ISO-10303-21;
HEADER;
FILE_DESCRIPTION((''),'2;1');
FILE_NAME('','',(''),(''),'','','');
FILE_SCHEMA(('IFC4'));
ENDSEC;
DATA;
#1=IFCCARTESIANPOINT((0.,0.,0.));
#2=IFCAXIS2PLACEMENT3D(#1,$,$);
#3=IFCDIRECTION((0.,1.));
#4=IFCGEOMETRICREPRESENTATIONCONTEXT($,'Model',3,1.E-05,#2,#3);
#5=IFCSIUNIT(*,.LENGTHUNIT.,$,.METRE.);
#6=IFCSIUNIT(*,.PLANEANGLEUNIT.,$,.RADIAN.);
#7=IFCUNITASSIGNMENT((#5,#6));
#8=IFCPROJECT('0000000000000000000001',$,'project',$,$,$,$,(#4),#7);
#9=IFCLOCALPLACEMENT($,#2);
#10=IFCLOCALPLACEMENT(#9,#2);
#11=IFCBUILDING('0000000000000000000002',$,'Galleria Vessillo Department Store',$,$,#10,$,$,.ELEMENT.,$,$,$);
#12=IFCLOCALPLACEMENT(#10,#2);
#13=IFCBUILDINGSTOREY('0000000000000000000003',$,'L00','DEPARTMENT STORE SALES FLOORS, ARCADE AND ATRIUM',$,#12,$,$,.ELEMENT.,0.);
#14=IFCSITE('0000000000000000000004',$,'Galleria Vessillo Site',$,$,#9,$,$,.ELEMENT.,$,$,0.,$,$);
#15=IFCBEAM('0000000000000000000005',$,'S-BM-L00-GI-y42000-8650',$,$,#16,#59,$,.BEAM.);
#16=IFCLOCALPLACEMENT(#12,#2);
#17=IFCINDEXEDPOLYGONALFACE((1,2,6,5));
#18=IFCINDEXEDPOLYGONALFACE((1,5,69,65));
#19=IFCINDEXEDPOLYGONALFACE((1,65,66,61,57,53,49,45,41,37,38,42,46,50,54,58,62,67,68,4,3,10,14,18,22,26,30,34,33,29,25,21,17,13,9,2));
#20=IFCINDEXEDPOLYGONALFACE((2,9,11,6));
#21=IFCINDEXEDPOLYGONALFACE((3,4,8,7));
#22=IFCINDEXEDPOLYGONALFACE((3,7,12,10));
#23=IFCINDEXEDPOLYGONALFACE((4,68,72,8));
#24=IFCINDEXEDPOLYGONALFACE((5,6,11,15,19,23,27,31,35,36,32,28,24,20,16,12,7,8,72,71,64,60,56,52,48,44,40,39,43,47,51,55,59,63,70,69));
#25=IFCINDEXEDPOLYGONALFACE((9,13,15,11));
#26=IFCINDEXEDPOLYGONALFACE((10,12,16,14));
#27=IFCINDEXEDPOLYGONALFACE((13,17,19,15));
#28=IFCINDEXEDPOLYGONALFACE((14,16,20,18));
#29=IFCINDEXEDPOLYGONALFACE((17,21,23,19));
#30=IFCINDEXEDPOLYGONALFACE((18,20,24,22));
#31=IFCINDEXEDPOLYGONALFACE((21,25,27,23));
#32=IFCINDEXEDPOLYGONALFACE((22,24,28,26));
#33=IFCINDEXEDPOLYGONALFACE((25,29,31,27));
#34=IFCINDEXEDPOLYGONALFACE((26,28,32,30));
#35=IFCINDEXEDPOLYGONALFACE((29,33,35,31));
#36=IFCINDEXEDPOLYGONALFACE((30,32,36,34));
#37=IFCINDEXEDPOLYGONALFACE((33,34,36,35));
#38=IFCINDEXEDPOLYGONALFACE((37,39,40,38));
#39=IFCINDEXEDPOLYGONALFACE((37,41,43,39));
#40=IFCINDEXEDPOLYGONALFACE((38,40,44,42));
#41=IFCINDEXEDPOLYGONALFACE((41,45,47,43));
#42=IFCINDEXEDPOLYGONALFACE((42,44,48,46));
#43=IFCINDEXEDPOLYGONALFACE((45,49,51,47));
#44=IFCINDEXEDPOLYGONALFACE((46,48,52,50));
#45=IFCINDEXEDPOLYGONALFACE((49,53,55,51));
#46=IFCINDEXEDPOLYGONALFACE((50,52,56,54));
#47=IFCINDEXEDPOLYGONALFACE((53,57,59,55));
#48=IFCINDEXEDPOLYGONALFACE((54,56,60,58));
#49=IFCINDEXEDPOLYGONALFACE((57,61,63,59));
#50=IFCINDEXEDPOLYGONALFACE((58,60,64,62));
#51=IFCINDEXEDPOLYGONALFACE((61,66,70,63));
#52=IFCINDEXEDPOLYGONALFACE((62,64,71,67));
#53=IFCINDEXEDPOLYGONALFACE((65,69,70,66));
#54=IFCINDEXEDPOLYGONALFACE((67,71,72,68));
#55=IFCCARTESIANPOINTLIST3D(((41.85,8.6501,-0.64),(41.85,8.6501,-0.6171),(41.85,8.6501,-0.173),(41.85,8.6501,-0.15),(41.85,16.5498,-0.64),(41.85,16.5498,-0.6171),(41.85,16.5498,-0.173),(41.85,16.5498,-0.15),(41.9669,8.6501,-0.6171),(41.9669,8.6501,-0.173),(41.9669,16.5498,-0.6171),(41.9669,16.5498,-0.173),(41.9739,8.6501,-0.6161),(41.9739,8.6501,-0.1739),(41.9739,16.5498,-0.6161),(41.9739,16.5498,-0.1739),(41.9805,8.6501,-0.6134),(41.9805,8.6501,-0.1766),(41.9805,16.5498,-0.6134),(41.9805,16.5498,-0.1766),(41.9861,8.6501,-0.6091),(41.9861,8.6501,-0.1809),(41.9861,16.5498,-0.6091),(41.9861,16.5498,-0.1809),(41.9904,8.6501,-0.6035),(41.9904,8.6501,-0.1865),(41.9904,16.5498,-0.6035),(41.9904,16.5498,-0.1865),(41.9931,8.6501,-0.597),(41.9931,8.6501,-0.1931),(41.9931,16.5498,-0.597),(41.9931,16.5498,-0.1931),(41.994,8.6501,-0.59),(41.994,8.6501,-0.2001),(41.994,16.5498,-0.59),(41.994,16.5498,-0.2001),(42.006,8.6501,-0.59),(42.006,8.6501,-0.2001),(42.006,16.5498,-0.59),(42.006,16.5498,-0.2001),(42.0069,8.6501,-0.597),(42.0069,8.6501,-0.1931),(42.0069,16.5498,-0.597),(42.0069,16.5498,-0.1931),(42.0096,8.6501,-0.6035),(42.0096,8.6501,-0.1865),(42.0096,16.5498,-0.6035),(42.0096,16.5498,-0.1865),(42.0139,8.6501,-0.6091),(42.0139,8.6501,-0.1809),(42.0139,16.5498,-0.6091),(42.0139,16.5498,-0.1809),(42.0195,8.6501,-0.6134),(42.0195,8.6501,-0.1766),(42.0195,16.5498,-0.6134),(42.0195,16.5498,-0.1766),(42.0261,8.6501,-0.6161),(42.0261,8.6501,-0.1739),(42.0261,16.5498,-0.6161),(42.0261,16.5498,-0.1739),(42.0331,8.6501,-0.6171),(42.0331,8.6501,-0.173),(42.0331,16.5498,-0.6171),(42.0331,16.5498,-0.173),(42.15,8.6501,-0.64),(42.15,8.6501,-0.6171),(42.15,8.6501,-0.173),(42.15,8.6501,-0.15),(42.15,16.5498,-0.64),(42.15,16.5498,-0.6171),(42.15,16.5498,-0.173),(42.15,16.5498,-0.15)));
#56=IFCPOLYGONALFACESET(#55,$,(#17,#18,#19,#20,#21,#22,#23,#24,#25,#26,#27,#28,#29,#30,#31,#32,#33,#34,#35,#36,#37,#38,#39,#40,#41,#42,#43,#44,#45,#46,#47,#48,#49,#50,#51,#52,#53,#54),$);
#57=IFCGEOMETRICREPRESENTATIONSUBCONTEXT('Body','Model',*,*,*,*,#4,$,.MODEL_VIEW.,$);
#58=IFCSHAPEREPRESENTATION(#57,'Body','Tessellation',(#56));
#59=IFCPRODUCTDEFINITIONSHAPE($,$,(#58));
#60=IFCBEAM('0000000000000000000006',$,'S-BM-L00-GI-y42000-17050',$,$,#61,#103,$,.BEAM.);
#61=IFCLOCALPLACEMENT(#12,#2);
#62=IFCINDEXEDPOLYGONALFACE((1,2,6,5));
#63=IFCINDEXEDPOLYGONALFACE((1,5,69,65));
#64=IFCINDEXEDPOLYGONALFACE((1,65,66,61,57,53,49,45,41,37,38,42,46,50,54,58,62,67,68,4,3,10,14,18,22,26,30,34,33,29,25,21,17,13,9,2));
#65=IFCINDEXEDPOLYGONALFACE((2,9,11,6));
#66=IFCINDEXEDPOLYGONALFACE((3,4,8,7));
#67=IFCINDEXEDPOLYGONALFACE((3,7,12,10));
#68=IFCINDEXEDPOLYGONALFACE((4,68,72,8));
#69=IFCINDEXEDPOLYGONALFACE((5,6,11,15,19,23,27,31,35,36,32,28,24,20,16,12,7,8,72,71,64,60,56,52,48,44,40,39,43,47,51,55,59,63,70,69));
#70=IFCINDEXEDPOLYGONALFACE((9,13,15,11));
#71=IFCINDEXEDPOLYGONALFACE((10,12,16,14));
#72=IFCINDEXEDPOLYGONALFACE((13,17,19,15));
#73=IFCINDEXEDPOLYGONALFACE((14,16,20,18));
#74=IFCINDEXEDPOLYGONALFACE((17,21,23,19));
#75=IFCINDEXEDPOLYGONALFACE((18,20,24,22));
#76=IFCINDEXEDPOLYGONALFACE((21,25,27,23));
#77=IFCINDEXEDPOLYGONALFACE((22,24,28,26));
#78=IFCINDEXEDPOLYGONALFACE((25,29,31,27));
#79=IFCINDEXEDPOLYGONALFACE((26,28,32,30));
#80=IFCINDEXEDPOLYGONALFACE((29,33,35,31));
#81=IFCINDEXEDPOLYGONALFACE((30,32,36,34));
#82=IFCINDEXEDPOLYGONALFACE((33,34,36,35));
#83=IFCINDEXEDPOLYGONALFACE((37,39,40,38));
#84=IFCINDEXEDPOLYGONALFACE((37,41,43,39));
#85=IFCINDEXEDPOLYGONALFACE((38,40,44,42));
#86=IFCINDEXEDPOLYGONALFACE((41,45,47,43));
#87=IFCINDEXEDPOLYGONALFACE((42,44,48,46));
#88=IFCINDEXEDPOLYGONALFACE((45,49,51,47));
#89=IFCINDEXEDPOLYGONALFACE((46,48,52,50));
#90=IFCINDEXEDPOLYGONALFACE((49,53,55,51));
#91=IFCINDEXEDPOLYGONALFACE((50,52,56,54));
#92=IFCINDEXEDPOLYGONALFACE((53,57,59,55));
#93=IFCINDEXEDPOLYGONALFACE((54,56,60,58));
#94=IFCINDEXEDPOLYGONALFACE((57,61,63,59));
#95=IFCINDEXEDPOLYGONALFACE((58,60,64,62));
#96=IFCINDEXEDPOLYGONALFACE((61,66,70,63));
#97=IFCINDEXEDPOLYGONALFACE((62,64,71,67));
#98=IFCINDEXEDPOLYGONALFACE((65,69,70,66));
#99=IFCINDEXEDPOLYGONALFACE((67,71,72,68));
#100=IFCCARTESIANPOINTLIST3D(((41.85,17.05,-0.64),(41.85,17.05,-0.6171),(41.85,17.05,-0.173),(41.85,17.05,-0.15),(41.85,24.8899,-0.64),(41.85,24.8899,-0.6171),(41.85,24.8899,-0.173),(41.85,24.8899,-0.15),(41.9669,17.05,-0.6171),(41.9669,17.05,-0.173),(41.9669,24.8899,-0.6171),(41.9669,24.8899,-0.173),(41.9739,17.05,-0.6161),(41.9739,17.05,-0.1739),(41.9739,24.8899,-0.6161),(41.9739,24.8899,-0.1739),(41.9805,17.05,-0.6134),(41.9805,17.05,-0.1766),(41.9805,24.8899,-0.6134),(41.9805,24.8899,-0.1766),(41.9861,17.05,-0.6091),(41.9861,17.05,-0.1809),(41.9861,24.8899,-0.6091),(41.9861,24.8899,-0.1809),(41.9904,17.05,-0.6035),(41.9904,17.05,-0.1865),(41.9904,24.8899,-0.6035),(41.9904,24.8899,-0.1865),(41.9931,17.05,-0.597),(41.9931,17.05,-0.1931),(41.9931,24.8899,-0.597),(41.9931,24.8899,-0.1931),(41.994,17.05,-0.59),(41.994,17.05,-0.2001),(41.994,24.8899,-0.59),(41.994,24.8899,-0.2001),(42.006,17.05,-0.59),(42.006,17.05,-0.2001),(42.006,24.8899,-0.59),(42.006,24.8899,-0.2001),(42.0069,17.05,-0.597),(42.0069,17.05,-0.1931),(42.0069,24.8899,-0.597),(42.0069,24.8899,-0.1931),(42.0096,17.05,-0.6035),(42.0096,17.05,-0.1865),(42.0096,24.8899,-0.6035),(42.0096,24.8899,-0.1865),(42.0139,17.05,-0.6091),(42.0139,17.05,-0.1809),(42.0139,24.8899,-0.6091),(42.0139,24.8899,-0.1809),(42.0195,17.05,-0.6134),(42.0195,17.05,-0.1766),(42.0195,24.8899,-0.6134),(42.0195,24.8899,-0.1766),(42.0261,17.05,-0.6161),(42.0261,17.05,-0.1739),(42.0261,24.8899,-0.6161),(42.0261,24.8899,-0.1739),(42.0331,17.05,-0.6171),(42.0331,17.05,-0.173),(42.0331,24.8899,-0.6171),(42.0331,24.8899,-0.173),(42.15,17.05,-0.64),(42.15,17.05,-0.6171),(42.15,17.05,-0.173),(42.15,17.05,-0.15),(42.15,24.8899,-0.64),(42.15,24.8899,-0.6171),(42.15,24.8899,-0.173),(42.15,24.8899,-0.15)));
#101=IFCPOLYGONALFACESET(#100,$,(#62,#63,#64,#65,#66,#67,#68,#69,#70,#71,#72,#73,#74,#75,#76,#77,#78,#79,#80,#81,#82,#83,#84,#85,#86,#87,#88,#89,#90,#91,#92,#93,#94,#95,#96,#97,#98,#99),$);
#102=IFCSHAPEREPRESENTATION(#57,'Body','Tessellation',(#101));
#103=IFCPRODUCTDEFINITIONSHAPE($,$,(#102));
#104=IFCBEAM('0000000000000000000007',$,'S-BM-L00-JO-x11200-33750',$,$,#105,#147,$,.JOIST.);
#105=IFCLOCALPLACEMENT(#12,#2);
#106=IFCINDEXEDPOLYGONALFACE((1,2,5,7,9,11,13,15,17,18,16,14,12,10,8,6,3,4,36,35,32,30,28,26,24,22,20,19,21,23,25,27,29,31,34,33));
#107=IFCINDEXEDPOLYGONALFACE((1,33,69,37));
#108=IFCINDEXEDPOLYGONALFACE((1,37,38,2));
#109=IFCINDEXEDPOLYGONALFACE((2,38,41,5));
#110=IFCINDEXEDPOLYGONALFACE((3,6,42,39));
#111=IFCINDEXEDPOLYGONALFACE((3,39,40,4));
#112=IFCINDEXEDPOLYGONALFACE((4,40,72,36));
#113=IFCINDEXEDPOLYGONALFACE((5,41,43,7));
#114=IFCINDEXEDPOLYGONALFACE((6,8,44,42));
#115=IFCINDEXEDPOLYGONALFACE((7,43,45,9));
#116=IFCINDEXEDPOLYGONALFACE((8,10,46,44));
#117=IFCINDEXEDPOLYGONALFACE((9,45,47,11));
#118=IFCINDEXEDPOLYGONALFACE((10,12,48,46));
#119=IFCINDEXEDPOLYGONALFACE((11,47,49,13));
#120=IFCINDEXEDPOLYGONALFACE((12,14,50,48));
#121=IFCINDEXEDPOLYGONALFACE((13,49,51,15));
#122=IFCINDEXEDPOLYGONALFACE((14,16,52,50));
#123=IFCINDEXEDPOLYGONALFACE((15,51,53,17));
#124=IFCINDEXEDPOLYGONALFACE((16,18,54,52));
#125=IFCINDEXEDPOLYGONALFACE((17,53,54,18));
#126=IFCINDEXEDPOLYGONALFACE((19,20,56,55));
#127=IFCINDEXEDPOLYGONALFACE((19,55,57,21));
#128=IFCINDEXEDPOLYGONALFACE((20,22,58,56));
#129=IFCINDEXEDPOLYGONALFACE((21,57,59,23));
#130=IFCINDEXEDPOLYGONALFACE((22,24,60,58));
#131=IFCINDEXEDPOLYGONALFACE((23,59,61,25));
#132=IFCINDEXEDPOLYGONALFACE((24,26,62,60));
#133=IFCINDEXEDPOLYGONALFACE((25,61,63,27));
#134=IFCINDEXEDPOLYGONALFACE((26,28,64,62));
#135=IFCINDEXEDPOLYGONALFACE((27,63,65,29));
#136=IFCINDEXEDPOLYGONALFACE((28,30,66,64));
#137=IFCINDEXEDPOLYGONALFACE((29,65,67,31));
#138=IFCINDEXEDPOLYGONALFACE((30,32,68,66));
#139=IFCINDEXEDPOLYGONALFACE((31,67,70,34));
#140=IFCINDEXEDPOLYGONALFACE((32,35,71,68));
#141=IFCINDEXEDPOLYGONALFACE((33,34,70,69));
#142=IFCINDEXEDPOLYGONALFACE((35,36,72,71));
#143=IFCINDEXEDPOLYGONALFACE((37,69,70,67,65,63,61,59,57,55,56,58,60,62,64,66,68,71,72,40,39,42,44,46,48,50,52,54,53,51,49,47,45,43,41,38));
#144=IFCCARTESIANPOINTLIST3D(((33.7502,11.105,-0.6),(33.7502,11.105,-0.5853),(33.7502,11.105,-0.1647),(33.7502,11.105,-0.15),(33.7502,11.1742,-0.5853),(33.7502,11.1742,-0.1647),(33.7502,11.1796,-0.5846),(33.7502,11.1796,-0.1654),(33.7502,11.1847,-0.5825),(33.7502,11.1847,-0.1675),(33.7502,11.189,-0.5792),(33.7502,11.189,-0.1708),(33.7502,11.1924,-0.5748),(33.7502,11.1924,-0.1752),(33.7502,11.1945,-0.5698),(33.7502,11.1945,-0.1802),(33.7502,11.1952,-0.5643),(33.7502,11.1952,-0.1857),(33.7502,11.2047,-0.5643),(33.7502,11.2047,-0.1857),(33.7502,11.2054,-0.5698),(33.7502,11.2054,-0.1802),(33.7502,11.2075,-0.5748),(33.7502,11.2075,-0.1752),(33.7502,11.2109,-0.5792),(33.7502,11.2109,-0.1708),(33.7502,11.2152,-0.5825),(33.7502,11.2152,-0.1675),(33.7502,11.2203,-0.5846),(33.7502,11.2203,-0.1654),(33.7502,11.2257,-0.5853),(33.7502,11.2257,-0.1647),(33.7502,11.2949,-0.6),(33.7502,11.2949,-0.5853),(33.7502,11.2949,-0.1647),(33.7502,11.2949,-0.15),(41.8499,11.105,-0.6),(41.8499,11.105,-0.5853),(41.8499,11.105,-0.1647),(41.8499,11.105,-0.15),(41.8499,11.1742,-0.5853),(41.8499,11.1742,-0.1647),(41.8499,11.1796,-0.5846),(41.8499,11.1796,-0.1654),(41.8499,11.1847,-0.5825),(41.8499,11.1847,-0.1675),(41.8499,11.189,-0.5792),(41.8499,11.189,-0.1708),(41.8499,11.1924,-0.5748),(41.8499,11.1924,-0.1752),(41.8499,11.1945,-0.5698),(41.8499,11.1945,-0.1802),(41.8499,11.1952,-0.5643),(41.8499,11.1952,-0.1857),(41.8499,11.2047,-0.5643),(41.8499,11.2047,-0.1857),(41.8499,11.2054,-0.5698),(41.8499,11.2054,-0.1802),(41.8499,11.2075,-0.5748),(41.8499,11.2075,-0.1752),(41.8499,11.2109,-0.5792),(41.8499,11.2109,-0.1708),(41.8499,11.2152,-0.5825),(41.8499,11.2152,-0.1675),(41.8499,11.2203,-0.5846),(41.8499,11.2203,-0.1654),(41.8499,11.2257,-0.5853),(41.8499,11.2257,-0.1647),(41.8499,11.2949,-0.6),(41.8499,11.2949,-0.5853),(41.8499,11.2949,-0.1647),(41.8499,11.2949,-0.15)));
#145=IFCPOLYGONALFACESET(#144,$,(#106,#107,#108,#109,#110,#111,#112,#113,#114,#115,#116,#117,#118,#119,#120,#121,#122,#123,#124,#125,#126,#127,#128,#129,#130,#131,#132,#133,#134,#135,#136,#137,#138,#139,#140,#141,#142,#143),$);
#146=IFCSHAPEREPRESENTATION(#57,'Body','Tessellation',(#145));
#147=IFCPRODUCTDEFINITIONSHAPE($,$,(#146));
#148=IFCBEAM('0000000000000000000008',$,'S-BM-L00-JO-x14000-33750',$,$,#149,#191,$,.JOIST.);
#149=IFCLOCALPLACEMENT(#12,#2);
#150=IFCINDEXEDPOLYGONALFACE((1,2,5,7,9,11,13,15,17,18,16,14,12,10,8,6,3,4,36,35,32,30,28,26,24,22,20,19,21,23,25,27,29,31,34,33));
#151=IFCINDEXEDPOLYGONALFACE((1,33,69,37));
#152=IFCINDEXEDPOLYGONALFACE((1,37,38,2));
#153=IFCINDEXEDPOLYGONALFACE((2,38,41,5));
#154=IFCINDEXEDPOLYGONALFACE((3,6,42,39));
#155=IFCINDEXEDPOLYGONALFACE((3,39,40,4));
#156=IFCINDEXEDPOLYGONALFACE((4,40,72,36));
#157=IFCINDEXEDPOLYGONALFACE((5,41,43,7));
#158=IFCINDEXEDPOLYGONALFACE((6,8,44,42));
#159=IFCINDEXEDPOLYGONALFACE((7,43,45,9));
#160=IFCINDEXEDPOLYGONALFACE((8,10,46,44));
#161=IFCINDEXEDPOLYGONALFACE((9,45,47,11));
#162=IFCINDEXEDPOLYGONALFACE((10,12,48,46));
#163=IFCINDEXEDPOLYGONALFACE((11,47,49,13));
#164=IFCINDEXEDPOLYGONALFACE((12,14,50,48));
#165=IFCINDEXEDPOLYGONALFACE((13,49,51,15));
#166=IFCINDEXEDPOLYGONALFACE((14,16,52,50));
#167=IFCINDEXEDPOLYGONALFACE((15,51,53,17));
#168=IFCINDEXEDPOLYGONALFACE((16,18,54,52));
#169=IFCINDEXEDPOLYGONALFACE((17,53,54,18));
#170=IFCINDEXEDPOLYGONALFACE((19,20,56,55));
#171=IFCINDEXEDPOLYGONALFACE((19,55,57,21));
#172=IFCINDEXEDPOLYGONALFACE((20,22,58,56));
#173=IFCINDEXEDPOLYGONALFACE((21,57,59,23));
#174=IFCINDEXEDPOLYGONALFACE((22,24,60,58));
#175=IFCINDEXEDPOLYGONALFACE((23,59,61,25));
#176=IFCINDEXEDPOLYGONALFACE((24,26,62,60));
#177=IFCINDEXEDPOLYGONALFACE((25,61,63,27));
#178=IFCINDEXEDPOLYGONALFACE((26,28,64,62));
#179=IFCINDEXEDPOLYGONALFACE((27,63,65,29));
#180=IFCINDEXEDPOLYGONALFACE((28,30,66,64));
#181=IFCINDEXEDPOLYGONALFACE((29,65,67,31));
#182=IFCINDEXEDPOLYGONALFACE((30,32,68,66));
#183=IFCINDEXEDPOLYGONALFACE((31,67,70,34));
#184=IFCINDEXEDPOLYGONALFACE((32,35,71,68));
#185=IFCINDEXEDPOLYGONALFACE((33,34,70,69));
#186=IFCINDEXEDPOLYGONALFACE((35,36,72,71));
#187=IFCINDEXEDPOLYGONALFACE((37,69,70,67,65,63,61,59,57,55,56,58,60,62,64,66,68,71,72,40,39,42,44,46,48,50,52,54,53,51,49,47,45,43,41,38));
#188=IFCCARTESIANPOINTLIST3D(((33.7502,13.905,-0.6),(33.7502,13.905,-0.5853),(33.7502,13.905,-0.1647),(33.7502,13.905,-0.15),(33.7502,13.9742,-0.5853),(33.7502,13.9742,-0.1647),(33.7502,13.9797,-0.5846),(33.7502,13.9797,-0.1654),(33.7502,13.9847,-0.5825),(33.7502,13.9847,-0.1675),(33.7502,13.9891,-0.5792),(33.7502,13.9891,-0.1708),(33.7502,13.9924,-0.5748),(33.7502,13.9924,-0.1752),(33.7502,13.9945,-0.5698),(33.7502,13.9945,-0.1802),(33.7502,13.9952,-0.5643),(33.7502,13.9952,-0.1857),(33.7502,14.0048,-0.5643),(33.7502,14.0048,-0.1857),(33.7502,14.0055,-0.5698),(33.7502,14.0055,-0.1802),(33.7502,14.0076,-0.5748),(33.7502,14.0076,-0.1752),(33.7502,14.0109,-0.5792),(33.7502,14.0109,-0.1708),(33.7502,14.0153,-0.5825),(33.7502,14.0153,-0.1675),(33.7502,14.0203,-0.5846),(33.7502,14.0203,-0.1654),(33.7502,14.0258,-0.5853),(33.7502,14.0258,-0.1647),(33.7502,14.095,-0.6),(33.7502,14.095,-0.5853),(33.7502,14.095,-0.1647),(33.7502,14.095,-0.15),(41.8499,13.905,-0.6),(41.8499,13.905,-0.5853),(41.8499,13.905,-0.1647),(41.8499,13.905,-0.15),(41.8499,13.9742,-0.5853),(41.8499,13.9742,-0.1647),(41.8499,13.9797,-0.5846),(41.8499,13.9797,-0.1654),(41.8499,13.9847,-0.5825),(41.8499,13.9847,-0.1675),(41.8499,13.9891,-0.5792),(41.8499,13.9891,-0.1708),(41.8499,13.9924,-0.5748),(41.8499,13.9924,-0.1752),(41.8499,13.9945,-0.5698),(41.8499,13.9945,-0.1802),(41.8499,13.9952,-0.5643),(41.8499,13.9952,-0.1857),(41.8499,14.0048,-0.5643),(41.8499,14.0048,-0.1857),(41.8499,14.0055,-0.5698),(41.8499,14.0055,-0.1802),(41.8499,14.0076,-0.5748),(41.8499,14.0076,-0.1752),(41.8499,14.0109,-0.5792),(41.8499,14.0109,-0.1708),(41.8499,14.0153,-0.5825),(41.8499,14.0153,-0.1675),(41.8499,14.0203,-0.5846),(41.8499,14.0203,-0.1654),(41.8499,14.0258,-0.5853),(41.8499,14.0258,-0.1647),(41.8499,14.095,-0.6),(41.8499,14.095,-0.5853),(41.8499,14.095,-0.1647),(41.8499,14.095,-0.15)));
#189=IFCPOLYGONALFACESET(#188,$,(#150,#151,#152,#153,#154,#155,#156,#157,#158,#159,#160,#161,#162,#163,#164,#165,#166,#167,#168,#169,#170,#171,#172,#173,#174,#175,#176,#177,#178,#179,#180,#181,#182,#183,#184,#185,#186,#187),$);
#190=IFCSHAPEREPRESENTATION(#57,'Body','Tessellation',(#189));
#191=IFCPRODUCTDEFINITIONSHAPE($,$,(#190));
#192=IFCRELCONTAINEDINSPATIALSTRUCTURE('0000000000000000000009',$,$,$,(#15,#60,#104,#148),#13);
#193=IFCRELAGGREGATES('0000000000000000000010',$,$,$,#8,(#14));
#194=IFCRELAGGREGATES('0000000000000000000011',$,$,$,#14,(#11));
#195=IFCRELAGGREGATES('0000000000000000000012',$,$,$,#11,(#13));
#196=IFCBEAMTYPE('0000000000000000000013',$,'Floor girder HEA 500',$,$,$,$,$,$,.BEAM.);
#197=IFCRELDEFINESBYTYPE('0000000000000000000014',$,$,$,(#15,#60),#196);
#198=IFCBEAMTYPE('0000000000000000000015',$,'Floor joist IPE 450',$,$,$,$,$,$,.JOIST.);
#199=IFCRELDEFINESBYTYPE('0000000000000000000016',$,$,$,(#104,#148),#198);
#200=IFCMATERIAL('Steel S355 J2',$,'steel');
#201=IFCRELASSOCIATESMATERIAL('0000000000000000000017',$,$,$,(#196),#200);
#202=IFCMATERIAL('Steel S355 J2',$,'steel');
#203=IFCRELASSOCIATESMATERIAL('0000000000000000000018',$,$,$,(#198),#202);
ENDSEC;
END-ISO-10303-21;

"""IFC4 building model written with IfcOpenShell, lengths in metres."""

from ifc_helpers import new_model, si_unit, direction, frame, origin, origin_2d, place, context, subcontext, project, spatial, i_section, extrude, material, material_profile, profile_set, type_object, element, save


model = new_model("IFC4")

# Units and contexts
model_context = context("Model", 3, precision=1e-05, world=origin(), true_north=direction((0.0, 1.0)))
body_context = subcontext(model_context, "Body", "Model", "MODEL_VIEW")
ifc_project = project(units=[si_unit("LENGTHUNIT", "METRE"), si_unit("PLANEANGLEUNIT", "RADIAN")], contexts=[model_context])

# Site, building, storey
site_placement = place(None, origin())
site = spatial("IfcSite", under=ifc_project, at=site_placement, Name="Galleria Vessillo Site", CompositionType="ELEMENT", RefElevation=0.0)
building_placement = place(site_placement, origin())
building = spatial("IfcBuilding", under=site, at=building_placement, Name="Galleria Vessillo Department Store", CompositionType="ELEMENT")
storey_placement = place(building_placement, origin())
storey = spatial("IfcBuildingStorey", under=building, at=storey_placement, Name="L00", Description="DEPARTMENT STORE SALES FLOORS, ARCADE AND ATRIUM", CompositionType="ELEMENT", Elevation=0.0)

# Beams
ifc_material_1 = material(Name="Steel S355 J2", Category="steel")
ifc_material_profile_1 = material_profile(ifc_material_1, i_section(OverallWidth=0.3, OverallDepth=0.49, WebThickness=0.012, FlangeThickness=0.0229, FilletRadius=0.0271, at=origin_2d()), Name="HEA 500")
ifc_profile_set_1 = profile_set([ifc_material_profile_1], Name="Steel S355 J2")
beam_type_1 = type_object("IfcBeamType", Name="Floor girder HEA 500", PredefinedType="BEAM", material=ifc_profile_set_1)
beam_1_placement = place(storey_placement, frame((42.0, 8.6501, -0.395), z_axis=(0.0, 1.0, 0.0), x_axis=(-1.0, 0.0, 0.0)))
element("IfcBeam", 1, at=beam_1_placement, inside=storey, type_object=beam_type_1, Name="S-BM-L00-GI-y42000-8650", PredefinedType="BEAM", context=body_context, shape_type="SweptSolid", body=[
    extrude(i_section(OverallWidth=0.3, OverallDepth=0.49, WebThickness=0.012, FlangeThickness=0.0229, FilletRadius=0.0271, at=origin_2d()), origin(), (0.0, 0.0, 1.0), 7.8997),
])
beam_2_placement = place(storey_placement, frame((42.0, 17.05, -0.395), z_axis=(0.0, 1.0, 0.0), x_axis=(-1.0, 0.0, 0.0)))
element("IfcBeam", 2, at=beam_2_placement, inside=storey, type_object=beam_type_1, Name="S-BM-L00-GI-y42000-17050", PredefinedType="BEAM", context=body_context, shape_type="SweptSolid", body=[
    extrude(i_section(OverallWidth=0.3, OverallDepth=0.49, WebThickness=0.012, FlangeThickness=0.0229, FilletRadius=0.0271, at=origin_2d()), origin(), (0.0, 0.0, 1.0), 7.8398),
])
ifc_material_2 = material(Name="Steel S355 J2", Category="steel")
ifc_material_profile_2 = material_profile(ifc_material_2, i_section(OverallWidth=0.1899, OverallDepth=0.45, WebThickness=0.0095, FlangeThickness=0.0146, FilletRadius=0.021, at=origin_2d()), Name="IPE 450")
ifc_profile_set_2 = profile_set([ifc_material_profile_2], Name="Steel S355 J2")
beam_type_2 = type_object("IfcBeamType", Name="Floor joist IPE 450", PredefinedType="JOIST", material=ifc_profile_set_2)
for number, where, z_axis, x_axis, name in (
    (3, (33.7502, 11.2, -0.375), (1.0, 0.0, 0.0), (0.0, 1.0, 0.0), "S-BM-L00-JO-x11200-33750"),
    (4, (33.7502, 14.0, -0.375), (1.0, 0.0, 0.0), (0.0, 1.0, 0.0), "S-BM-L00-JO-x14000-33750"),
):
    element("IfcBeam", number, at=place(storey_placement, frame(where, z_axis=z_axis, x_axis=x_axis)), inside=storey, type_object=beam_type_2, Name=name, PredefinedType="JOIST", context=body_context, shape_type="SweptSolid", body=[
        extrude(i_section(OverallWidth=0.1899, OverallDepth=0.45, WebThickness=0.0095, FlangeThickness=0.0146, FilletRadius=0.021, at=origin_2d()), origin(), (0.0, 0.0, 1.0), 8.0996),
    ])

save(model, "model.ifc")
